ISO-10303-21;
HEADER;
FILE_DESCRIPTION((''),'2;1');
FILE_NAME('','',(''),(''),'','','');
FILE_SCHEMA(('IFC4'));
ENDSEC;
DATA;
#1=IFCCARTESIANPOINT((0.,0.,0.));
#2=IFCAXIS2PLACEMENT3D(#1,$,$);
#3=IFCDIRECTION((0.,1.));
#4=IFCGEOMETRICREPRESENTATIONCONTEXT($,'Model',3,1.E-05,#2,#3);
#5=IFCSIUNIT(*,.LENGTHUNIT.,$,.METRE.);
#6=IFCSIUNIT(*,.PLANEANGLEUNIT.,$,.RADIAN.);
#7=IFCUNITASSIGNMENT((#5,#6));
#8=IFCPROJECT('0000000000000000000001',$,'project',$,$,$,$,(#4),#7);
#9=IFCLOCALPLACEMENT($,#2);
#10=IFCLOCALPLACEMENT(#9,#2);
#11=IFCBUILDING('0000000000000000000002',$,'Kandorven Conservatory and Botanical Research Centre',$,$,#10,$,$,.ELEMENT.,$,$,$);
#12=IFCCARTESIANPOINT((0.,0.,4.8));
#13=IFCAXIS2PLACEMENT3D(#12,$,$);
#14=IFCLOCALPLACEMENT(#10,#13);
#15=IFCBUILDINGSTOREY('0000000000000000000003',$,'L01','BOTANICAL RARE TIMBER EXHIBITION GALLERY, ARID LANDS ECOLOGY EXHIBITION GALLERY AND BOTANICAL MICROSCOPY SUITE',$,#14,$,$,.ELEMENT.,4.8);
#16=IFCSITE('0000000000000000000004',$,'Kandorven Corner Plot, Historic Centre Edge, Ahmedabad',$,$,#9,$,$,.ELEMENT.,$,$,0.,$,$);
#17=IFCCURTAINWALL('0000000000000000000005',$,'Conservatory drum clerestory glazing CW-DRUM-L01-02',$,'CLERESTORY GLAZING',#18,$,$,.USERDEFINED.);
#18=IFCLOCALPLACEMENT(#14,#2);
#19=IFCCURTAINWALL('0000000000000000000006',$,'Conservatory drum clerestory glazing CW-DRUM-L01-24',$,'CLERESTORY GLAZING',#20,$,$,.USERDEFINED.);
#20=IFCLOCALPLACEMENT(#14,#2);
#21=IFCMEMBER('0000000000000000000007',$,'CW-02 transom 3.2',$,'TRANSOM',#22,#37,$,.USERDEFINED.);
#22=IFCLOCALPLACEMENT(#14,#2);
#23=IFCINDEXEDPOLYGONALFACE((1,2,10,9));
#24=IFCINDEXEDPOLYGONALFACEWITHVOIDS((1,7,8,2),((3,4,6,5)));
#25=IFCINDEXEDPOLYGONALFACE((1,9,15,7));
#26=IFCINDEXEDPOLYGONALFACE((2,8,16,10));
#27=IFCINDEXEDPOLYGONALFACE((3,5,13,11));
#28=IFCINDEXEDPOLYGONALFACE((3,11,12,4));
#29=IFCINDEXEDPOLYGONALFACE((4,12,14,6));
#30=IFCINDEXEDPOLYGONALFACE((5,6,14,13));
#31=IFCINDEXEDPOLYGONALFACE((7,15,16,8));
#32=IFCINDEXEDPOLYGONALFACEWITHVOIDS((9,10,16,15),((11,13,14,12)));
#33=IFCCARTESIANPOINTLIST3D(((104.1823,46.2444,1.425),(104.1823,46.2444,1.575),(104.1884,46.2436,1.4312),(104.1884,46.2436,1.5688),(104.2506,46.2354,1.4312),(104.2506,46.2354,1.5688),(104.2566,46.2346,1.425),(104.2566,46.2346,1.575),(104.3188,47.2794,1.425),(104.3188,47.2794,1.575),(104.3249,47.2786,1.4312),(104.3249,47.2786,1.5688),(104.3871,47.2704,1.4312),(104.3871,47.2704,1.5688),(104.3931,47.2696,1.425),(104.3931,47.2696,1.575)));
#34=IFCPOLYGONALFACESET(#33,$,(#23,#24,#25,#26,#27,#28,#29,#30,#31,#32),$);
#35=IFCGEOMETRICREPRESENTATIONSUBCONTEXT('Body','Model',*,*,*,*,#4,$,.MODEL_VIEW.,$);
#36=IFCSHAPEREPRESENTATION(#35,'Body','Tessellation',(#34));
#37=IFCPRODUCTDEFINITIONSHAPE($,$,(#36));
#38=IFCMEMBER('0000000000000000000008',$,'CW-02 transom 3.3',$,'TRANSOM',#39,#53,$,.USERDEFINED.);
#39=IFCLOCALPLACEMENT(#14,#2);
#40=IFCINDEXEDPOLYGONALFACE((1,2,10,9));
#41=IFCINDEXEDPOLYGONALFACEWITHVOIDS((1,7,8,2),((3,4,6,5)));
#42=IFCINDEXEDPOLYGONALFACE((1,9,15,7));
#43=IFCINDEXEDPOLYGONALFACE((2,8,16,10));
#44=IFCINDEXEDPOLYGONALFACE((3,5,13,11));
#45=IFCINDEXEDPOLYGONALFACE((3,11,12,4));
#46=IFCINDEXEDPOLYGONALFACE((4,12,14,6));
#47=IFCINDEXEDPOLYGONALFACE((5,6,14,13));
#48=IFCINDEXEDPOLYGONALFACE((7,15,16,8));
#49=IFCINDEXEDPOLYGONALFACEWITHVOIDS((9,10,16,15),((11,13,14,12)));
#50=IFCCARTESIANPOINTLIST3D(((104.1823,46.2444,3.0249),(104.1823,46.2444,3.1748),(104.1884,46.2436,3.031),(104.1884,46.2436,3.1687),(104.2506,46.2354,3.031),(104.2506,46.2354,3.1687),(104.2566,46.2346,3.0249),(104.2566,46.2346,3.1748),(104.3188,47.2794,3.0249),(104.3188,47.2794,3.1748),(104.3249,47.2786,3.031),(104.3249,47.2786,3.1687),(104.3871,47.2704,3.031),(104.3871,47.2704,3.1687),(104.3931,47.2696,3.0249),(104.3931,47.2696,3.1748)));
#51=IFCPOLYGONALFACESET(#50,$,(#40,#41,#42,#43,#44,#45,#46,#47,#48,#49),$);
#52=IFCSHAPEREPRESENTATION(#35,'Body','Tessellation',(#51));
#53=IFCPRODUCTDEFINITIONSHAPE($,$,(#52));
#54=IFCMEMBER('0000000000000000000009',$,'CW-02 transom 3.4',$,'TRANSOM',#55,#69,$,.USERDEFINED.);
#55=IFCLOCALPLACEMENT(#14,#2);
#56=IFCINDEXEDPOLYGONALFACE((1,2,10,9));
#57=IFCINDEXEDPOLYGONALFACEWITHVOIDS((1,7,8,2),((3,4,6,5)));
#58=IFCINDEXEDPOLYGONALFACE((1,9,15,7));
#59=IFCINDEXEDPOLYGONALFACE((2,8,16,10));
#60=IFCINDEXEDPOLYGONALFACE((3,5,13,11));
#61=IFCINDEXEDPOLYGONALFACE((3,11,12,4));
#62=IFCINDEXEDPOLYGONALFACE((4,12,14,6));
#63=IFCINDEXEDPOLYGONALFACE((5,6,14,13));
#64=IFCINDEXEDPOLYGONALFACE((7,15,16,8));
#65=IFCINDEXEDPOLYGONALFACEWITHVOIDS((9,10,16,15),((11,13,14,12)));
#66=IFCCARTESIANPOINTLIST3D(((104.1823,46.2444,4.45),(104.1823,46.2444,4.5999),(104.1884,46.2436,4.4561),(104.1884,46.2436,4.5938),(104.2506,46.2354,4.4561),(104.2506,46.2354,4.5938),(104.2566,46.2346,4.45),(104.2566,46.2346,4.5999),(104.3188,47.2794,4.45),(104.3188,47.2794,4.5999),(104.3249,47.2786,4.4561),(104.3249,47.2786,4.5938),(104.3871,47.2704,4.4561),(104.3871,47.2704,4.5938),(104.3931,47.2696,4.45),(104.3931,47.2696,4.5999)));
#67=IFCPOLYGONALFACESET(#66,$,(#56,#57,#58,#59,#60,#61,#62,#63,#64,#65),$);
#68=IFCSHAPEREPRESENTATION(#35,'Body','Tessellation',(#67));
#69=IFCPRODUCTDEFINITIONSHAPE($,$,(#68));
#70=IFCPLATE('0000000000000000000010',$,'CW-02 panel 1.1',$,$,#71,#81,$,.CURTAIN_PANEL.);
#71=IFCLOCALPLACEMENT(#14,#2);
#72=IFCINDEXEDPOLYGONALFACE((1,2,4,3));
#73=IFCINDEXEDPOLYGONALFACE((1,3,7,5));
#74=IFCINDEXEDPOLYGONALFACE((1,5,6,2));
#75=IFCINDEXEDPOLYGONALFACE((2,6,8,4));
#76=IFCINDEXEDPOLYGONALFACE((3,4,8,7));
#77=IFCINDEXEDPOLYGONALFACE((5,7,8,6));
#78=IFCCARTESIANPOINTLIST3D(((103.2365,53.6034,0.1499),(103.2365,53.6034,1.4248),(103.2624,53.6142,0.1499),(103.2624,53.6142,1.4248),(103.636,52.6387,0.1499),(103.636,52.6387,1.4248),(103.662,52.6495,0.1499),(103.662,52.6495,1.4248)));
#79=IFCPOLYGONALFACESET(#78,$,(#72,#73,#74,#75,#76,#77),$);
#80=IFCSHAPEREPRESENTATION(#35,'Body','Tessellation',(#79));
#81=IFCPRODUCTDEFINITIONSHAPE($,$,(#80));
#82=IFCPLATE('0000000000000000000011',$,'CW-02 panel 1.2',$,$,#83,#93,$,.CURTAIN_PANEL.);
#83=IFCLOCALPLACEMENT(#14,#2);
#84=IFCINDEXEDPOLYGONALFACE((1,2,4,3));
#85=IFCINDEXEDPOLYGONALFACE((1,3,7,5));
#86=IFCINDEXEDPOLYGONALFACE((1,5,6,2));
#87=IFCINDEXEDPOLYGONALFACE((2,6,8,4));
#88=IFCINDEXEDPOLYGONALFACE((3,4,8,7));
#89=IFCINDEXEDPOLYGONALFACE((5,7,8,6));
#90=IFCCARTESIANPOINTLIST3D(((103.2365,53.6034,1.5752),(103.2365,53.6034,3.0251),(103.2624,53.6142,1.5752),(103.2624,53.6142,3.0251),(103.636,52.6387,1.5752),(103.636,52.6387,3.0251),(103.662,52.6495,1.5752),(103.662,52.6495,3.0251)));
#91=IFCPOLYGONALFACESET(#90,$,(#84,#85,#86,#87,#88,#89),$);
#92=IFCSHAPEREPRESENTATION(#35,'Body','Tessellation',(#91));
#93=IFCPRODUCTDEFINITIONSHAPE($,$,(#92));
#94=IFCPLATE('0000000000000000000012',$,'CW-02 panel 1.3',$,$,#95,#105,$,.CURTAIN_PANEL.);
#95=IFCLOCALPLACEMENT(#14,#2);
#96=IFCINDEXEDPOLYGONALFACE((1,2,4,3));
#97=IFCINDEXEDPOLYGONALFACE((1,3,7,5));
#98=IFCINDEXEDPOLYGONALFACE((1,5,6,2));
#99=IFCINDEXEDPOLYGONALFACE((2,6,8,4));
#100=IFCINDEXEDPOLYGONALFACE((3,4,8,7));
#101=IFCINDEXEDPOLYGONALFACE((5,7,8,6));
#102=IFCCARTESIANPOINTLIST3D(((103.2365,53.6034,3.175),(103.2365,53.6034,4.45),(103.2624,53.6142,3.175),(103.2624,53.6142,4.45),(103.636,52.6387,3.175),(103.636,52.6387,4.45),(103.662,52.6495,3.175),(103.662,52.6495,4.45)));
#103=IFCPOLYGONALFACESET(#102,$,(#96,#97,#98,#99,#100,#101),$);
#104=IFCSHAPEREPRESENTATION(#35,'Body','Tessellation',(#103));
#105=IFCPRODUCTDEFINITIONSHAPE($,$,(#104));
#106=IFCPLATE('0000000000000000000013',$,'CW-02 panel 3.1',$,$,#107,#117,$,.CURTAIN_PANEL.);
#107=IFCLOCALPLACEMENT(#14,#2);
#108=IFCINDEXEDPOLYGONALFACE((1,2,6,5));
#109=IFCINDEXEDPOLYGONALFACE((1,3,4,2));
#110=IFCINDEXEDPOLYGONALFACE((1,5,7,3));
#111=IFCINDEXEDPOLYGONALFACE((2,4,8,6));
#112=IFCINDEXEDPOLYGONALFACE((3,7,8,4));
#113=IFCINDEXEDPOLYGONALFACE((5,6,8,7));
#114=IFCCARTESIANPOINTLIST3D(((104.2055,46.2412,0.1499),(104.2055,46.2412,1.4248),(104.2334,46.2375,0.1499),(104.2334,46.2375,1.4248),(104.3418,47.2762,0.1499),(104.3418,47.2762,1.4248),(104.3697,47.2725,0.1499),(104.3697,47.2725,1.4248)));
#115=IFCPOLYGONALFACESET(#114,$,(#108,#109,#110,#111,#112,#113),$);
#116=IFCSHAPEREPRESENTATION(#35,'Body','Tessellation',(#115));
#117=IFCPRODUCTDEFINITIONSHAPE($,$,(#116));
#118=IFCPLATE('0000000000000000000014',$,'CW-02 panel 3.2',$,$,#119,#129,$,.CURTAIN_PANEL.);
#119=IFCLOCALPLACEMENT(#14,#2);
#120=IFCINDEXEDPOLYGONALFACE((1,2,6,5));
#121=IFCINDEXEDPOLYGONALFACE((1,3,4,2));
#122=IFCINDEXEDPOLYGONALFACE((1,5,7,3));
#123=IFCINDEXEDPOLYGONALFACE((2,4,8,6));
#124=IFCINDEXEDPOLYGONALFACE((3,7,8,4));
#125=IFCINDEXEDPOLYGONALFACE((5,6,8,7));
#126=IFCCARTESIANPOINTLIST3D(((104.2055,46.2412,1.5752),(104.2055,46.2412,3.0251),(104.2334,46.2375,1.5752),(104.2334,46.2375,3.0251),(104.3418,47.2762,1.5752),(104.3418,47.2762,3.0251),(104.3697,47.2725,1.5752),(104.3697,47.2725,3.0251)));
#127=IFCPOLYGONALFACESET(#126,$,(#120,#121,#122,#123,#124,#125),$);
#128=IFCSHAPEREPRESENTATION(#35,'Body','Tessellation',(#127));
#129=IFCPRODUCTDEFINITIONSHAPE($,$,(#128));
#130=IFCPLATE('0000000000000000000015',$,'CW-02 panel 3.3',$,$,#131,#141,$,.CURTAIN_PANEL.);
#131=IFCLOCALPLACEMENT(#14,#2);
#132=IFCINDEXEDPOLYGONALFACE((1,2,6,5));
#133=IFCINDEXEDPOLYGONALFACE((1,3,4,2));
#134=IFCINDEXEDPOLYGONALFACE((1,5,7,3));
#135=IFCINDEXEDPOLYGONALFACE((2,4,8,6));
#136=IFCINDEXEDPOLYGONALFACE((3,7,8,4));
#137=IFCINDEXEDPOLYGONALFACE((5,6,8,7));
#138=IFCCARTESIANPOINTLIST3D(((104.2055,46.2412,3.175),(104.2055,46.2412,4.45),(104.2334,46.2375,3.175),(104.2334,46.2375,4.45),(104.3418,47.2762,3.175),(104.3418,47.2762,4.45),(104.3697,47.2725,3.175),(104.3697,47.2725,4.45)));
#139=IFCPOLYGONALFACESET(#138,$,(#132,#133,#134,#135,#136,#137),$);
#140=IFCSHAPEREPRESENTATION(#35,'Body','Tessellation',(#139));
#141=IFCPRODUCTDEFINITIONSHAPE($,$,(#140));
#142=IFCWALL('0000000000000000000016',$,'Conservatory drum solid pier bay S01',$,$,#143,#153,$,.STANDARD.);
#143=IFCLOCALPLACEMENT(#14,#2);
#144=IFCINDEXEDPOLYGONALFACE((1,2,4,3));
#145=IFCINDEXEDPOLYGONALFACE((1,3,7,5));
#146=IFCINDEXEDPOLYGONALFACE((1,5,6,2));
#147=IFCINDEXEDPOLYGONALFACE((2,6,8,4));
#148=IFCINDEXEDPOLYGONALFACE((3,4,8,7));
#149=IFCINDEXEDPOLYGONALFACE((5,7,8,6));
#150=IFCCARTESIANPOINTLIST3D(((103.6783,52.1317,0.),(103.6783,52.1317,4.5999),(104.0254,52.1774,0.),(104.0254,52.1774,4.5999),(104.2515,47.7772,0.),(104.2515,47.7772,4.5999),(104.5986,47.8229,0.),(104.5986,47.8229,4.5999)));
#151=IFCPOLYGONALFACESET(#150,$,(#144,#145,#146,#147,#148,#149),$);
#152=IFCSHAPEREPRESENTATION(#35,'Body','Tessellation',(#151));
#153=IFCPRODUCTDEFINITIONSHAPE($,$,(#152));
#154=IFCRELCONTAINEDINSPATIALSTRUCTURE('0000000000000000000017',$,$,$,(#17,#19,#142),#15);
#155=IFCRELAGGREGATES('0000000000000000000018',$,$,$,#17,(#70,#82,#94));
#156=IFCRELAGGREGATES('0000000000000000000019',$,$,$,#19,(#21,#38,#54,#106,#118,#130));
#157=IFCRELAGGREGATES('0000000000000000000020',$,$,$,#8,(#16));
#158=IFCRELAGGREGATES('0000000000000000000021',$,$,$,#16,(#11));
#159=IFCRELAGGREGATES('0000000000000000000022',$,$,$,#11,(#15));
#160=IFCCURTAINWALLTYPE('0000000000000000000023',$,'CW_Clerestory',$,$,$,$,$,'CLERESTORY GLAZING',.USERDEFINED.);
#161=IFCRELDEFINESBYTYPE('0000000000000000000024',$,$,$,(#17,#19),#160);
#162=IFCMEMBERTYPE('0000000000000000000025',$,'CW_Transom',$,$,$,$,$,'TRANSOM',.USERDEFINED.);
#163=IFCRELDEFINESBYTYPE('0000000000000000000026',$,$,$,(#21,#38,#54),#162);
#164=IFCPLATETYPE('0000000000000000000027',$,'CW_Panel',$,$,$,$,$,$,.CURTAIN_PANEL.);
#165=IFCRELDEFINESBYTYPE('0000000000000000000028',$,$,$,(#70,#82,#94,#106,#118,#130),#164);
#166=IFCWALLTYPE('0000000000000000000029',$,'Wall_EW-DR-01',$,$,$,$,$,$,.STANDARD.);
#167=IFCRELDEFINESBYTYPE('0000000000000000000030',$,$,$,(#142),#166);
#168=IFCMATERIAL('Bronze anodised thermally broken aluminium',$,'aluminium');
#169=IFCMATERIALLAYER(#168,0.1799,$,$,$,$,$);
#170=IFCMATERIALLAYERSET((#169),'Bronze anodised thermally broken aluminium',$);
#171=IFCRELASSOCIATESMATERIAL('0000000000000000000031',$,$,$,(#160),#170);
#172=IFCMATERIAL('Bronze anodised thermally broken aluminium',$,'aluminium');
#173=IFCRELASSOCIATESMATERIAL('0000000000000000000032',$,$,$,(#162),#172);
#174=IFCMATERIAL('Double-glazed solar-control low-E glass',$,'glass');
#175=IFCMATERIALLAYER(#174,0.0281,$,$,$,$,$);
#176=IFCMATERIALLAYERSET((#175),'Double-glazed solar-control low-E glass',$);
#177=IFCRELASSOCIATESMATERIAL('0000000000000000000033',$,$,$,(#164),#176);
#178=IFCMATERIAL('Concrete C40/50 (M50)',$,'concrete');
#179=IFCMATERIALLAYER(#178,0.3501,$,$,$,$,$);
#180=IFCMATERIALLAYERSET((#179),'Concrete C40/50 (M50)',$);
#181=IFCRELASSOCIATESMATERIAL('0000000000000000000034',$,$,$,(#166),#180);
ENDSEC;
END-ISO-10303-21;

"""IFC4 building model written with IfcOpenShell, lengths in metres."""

from ifc_helpers import new_model, si_unit, direction, frame, frame_2d, origin, origin_2d, place, context, subcontext, project, spatial, rectangle, hollow_rectangle, extrude, material, layer, layer_set, material_profile, profile_set, type_object, element, aggregate, save


model = new_model("IFC4")

# Units and contexts
model_context = context("Model", 3, precision=1e-05, world=origin(), true_north=direction((0.0, 1.0)))
body_context = subcontext(model_context, "Body", "Model", "MODEL_VIEW")
ifc_project = project(units=[si_unit("LENGTHUNIT", "METRE"), si_unit("PLANEANGLEUNIT", "RADIAN")], contexts=[model_context])

# Site, building, storey
site_placement = place(None, origin())
site = spatial("IfcSite", under=ifc_project, at=site_placement, Name="Kandorven Corner Plot, Historic Centre Edge, Ahmedabad", CompositionType="ELEMENT", RefElevation=0.0)
building_placement = place(site_placement, origin())
building = spatial("IfcBuilding", under=site, at=building_placement, Name="Kandorven Conservatory and Botanical Research Centre", CompositionType="ELEMENT")
storey_placement = place(building_placement, frame((0.0, 0.0, 4.8)))
storey = spatial("IfcBuildingStorey", under=building, at=storey_placement, Name="L01", Description="BOTANICAL RARE TIMBER EXHIBITION GALLERY, ARID LANDS ECOLOGY EXHIBITION GALLERY AND BOTANICAL MICROSCOPY SUITE", CompositionType="ELEMENT", Elevation=4.8)

# Curtain walls
ifc_material_1 = material(Name="Bronze anodised thermally broken aluminium", Category="aluminium")
ifc_layer_1 = layer(ifc_material_1, 0.1799)
ifc_layer_set_1 = layer_set([ifc_layer_1], Name="Bronze anodised thermally broken aluminium")
curtain_wall_type = type_object("IfcCurtainWallType", Name="CW_Clerestory", ElementType="CLERESTORY GLAZING", PredefinedType="USERDEFINED", material=ifc_layer_set_1)
curtain_wall_1_placement = place(storey_placement, origin())
curtain_wall_1 = element("IfcCurtainWall", 1, at=curtain_wall_1_placement, inside=storey, type_object=curtain_wall_type, Name="Conservatory drum clerestory glazing CW-DRUM-L01-02", ObjectType="CLERESTORY GLAZING", PredefinedType="USERDEFINED")
curtain_wall_2_placement = place(storey_placement, origin())
curtain_wall_2 = element("IfcCurtainWall", 2, at=curtain_wall_2_placement, inside=storey, type_object=curtain_wall_type, Name="Conservatory drum clerestory glazing CW-DRUM-L01-24", ObjectType="CLERESTORY GLAZING", PredefinedType="USERDEFINED")

# Members
ifc_material_2 = material(Name="Bronze anodised thermally broken aluminium", Category="aluminium")
ifc_material_profile_1 = material_profile(ifc_material_2, hollow_rectangle(XDim=0.075, YDim=0.1499, WallThickness=0.0061, at=origin_2d()))
ifc_profile_set_1 = profile_set([ifc_material_profile_1], Name="Bronze anodised thermally broken aluminium")
member_type_1 = type_object("IfcMemberType", Name="CW_Transom", ElementType="TRANSOM", PredefinedType="USERDEFINED", material=ifc_profile_set_1)
member_1_placement = place(storey_placement, frame((104.2195, 46.2395, 1.5), z_axis=(0.130739, 0.991417, 0.0), x_axis=(-0.991417, 0.130739, 0.0)))
member_1 = element("IfcMember", 3, at=member_1_placement, type_object=member_type_1, Name="CW-02 transom 3.2", ObjectType="TRANSOM", PredefinedType="USERDEFINED", context=body_context, shape_type="SweptSolid", body=[
    extrude(hollow_rectangle(XDim=0.075, YDim=0.1499, WallThickness=0.0061, at=origin_2d()), origin(), (0.0, 0.0, 1.0), 1.0439),
])
member_2_placement = place(storey_placement, frame((104.2195, 46.2395, 3.0999), z_axis=(0.130739, 0.991417, 0.0), x_axis=(-0.991417, 0.130739, 0.0)))
member_2 = element("IfcMember", 4, at=member_2_placement, type_object=member_type_1, Name="CW-02 transom 3.3", ObjectType="TRANSOM", PredefinedType="USERDEFINED", context=body_context, shape_type="SweptSolid", body=[
    extrude(hollow_rectangle(XDim=0.075, YDim=0.1499, WallThickness=0.0061, at=origin_2d()), origin(), (0.0, 0.0, 1.0), 1.0439),
])
member_3_placement = place(storey_placement, frame((104.2195, 46.2395, 4.5249), z_axis=(0.130739, 0.991417, 0.0), x_axis=(-0.991417, 0.130739, 0.0)))
member_3 = element("IfcMember", 5, at=member_3_placement, type_object=member_type_1, Name="CW-02 transom 3.4", ObjectType="TRANSOM", PredefinedType="USERDEFINED", context=body_context, shape_type="SweptSolid", body=[
    extrude(hollow_rectangle(XDim=0.075, YDim=0.1499, WallThickness=0.0061, at=origin_2d()), origin(), (0.0, 0.0, 1.0), 1.0439),
])

# Plates
ifc_material_3 = material(Name="Double-glazed solar-control low-E glass", Category="glass")
ifc_layer_2 = layer(ifc_material_3, 0.0281)
ifc_layer_set_2 = layer_set([ifc_layer_2], Name="Double-glazed solar-control low-E glass")
plate_type = type_object("IfcPlateType", Name="CW_Panel", PredefinedType="CURTAIN_PANEL", material=ifc_layer_set_2)
plate_1_placement = place(storey_placement, frame((103.4492, 53.1265, 0.1499), z_axis=(0.0, 0.0, 1.0), x_axis=(-0.382669, 0.923886, 0.0)))
plate_1 = element("IfcPlate", 6, at=plate_1_placement, type_object=plate_type, Name="CW-02 panel 1.1", PredefinedType="CURTAIN_PANEL", context=body_context, shape_type="SweptSolid", body=[
    extrude(rectangle(XDim=1.0442, YDim=0.0281, at=origin_2d()), origin(), (0.0, 0.0, 1.0), 1.2749),
])
plate_2_placement = place(storey_placement, frame((103.4492, 53.1265, 1.5752), z_axis=(0.0, 0.0, 1.0), x_axis=(-0.382669, 0.923886, 0.0)))
plate_2 = element("IfcPlate", 7, at=plate_2_placement, type_object=plate_type, Name="CW-02 panel 1.2", PredefinedType="CURTAIN_PANEL", context=body_context, shape_type="SweptSolid", body=[
    extrude(rectangle(XDim=1.0442, YDim=0.0281, at=origin_2d()), origin(), (0.0, 0.0, 1.0), 1.45),
])
plate_3_placement = place(storey_placement, frame((103.4492, 53.1265, 3.175), z_axis=(0.0, 0.0, 1.0), x_axis=(-0.382669, 0.923886, 0.0)))
plate_3 = element("IfcPlate", 8, at=plate_3_placement, type_object=plate_type, Name="CW-02 panel 1.3", PredefinedType="CURTAIN_PANEL", context=body_context, shape_type="SweptSolid", body=[
    extrude(rectangle(XDim=1.0442, YDim=0.0281, at=origin_2d()), origin(), (0.0, 0.0, 1.0), 1.2749),
])
aggregate(curtain_wall_1, [plate_1, plate_2, plate_3])
plate_4_placement = place(storey_placement, frame((104.2876, 46.7568, 0.1499), z_axis=(0.0, 0.0, 1.0), x_axis=(0.130552, 0.991441, 0.0)))
plate_4 = element("IfcPlate", 9, at=plate_4_placement, type_object=plate_type, Name="CW-02 panel 3.1", PredefinedType="CURTAIN_PANEL", context=body_context, shape_type="SweptSolid", body=[
    extrude(rectangle(XDim=1.0439, YDim=0.0281, at=origin_2d()), origin(), (0.0, 0.0, 1.0), 1.2749),
])
plate_5_placement = place(storey_placement, frame((104.2876, 46.7568, 1.5752), z_axis=(0.0, 0.0, 1.0), x_axis=(0.130552, 0.991441, 0.0)))
plate_5 = element("IfcPlate", 10, at=plate_5_placement, type_object=plate_type, Name="CW-02 panel 3.2", PredefinedType="CURTAIN_PANEL", context=body_context, shape_type="SweptSolid", body=[
    extrude(rectangle(XDim=1.0439, YDim=0.0281, at=origin_2d()), origin(), (0.0, 0.0, 1.0), 1.45),
])
plate_6_placement = place(storey_placement, frame((104.2876, 46.7568, 3.175), z_axis=(0.0, 0.0, 1.0), x_axis=(0.130552, 0.991441, 0.0)))
plate_6 = element("IfcPlate", 11, at=plate_6_placement, type_object=plate_type, Name="CW-02 panel 3.3", PredefinedType="CURTAIN_PANEL", context=body_context, shape_type="SweptSolid", body=[
    extrude(rectangle(XDim=1.0439, YDim=0.0281, at=origin_2d()), origin(), (0.0, 0.0, 1.0), 1.2749),
])
aggregate(curtain_wall_2, [member_1, member_2, member_3, plate_4, plate_5, plate_6])

# Wall
ifc_material_4 = material(Name="Concrete C40/50 (M50)", Category="concrete")
ifc_layer_3 = layer(ifc_material_4, 0.3501)
ifc_layer_set_3 = layer_set([ifc_layer_3], Name="Concrete C40/50 (M50)")
wall_type = type_object("IfcWallType", Name="Wall_EW-DR-01", PredefinedType="STANDARD", material=ifc_layer_set_3)
wall_placement = place(storey_placement, frame((104.425, 47.8, 0.0), z_axis=(0.0, 0.0, 1.0), x_axis=(-0.130518, 0.991446, 0.0)))
element("IfcWall", 12, at=wall_placement, inside=storey, type_object=wall_type, Name="Conservatory drum solid pier bay S01", PredefinedType="STANDARD", context=body_context, shape_type="SweptSolid", body=[
    extrude(rectangle(XDim=4.3921, YDim=0.3501, at=frame_2d((2.196, 0.0))), origin(), (0.0, 0.0, 1.0), 4.5999),
])

save(model, "model.ifc")
